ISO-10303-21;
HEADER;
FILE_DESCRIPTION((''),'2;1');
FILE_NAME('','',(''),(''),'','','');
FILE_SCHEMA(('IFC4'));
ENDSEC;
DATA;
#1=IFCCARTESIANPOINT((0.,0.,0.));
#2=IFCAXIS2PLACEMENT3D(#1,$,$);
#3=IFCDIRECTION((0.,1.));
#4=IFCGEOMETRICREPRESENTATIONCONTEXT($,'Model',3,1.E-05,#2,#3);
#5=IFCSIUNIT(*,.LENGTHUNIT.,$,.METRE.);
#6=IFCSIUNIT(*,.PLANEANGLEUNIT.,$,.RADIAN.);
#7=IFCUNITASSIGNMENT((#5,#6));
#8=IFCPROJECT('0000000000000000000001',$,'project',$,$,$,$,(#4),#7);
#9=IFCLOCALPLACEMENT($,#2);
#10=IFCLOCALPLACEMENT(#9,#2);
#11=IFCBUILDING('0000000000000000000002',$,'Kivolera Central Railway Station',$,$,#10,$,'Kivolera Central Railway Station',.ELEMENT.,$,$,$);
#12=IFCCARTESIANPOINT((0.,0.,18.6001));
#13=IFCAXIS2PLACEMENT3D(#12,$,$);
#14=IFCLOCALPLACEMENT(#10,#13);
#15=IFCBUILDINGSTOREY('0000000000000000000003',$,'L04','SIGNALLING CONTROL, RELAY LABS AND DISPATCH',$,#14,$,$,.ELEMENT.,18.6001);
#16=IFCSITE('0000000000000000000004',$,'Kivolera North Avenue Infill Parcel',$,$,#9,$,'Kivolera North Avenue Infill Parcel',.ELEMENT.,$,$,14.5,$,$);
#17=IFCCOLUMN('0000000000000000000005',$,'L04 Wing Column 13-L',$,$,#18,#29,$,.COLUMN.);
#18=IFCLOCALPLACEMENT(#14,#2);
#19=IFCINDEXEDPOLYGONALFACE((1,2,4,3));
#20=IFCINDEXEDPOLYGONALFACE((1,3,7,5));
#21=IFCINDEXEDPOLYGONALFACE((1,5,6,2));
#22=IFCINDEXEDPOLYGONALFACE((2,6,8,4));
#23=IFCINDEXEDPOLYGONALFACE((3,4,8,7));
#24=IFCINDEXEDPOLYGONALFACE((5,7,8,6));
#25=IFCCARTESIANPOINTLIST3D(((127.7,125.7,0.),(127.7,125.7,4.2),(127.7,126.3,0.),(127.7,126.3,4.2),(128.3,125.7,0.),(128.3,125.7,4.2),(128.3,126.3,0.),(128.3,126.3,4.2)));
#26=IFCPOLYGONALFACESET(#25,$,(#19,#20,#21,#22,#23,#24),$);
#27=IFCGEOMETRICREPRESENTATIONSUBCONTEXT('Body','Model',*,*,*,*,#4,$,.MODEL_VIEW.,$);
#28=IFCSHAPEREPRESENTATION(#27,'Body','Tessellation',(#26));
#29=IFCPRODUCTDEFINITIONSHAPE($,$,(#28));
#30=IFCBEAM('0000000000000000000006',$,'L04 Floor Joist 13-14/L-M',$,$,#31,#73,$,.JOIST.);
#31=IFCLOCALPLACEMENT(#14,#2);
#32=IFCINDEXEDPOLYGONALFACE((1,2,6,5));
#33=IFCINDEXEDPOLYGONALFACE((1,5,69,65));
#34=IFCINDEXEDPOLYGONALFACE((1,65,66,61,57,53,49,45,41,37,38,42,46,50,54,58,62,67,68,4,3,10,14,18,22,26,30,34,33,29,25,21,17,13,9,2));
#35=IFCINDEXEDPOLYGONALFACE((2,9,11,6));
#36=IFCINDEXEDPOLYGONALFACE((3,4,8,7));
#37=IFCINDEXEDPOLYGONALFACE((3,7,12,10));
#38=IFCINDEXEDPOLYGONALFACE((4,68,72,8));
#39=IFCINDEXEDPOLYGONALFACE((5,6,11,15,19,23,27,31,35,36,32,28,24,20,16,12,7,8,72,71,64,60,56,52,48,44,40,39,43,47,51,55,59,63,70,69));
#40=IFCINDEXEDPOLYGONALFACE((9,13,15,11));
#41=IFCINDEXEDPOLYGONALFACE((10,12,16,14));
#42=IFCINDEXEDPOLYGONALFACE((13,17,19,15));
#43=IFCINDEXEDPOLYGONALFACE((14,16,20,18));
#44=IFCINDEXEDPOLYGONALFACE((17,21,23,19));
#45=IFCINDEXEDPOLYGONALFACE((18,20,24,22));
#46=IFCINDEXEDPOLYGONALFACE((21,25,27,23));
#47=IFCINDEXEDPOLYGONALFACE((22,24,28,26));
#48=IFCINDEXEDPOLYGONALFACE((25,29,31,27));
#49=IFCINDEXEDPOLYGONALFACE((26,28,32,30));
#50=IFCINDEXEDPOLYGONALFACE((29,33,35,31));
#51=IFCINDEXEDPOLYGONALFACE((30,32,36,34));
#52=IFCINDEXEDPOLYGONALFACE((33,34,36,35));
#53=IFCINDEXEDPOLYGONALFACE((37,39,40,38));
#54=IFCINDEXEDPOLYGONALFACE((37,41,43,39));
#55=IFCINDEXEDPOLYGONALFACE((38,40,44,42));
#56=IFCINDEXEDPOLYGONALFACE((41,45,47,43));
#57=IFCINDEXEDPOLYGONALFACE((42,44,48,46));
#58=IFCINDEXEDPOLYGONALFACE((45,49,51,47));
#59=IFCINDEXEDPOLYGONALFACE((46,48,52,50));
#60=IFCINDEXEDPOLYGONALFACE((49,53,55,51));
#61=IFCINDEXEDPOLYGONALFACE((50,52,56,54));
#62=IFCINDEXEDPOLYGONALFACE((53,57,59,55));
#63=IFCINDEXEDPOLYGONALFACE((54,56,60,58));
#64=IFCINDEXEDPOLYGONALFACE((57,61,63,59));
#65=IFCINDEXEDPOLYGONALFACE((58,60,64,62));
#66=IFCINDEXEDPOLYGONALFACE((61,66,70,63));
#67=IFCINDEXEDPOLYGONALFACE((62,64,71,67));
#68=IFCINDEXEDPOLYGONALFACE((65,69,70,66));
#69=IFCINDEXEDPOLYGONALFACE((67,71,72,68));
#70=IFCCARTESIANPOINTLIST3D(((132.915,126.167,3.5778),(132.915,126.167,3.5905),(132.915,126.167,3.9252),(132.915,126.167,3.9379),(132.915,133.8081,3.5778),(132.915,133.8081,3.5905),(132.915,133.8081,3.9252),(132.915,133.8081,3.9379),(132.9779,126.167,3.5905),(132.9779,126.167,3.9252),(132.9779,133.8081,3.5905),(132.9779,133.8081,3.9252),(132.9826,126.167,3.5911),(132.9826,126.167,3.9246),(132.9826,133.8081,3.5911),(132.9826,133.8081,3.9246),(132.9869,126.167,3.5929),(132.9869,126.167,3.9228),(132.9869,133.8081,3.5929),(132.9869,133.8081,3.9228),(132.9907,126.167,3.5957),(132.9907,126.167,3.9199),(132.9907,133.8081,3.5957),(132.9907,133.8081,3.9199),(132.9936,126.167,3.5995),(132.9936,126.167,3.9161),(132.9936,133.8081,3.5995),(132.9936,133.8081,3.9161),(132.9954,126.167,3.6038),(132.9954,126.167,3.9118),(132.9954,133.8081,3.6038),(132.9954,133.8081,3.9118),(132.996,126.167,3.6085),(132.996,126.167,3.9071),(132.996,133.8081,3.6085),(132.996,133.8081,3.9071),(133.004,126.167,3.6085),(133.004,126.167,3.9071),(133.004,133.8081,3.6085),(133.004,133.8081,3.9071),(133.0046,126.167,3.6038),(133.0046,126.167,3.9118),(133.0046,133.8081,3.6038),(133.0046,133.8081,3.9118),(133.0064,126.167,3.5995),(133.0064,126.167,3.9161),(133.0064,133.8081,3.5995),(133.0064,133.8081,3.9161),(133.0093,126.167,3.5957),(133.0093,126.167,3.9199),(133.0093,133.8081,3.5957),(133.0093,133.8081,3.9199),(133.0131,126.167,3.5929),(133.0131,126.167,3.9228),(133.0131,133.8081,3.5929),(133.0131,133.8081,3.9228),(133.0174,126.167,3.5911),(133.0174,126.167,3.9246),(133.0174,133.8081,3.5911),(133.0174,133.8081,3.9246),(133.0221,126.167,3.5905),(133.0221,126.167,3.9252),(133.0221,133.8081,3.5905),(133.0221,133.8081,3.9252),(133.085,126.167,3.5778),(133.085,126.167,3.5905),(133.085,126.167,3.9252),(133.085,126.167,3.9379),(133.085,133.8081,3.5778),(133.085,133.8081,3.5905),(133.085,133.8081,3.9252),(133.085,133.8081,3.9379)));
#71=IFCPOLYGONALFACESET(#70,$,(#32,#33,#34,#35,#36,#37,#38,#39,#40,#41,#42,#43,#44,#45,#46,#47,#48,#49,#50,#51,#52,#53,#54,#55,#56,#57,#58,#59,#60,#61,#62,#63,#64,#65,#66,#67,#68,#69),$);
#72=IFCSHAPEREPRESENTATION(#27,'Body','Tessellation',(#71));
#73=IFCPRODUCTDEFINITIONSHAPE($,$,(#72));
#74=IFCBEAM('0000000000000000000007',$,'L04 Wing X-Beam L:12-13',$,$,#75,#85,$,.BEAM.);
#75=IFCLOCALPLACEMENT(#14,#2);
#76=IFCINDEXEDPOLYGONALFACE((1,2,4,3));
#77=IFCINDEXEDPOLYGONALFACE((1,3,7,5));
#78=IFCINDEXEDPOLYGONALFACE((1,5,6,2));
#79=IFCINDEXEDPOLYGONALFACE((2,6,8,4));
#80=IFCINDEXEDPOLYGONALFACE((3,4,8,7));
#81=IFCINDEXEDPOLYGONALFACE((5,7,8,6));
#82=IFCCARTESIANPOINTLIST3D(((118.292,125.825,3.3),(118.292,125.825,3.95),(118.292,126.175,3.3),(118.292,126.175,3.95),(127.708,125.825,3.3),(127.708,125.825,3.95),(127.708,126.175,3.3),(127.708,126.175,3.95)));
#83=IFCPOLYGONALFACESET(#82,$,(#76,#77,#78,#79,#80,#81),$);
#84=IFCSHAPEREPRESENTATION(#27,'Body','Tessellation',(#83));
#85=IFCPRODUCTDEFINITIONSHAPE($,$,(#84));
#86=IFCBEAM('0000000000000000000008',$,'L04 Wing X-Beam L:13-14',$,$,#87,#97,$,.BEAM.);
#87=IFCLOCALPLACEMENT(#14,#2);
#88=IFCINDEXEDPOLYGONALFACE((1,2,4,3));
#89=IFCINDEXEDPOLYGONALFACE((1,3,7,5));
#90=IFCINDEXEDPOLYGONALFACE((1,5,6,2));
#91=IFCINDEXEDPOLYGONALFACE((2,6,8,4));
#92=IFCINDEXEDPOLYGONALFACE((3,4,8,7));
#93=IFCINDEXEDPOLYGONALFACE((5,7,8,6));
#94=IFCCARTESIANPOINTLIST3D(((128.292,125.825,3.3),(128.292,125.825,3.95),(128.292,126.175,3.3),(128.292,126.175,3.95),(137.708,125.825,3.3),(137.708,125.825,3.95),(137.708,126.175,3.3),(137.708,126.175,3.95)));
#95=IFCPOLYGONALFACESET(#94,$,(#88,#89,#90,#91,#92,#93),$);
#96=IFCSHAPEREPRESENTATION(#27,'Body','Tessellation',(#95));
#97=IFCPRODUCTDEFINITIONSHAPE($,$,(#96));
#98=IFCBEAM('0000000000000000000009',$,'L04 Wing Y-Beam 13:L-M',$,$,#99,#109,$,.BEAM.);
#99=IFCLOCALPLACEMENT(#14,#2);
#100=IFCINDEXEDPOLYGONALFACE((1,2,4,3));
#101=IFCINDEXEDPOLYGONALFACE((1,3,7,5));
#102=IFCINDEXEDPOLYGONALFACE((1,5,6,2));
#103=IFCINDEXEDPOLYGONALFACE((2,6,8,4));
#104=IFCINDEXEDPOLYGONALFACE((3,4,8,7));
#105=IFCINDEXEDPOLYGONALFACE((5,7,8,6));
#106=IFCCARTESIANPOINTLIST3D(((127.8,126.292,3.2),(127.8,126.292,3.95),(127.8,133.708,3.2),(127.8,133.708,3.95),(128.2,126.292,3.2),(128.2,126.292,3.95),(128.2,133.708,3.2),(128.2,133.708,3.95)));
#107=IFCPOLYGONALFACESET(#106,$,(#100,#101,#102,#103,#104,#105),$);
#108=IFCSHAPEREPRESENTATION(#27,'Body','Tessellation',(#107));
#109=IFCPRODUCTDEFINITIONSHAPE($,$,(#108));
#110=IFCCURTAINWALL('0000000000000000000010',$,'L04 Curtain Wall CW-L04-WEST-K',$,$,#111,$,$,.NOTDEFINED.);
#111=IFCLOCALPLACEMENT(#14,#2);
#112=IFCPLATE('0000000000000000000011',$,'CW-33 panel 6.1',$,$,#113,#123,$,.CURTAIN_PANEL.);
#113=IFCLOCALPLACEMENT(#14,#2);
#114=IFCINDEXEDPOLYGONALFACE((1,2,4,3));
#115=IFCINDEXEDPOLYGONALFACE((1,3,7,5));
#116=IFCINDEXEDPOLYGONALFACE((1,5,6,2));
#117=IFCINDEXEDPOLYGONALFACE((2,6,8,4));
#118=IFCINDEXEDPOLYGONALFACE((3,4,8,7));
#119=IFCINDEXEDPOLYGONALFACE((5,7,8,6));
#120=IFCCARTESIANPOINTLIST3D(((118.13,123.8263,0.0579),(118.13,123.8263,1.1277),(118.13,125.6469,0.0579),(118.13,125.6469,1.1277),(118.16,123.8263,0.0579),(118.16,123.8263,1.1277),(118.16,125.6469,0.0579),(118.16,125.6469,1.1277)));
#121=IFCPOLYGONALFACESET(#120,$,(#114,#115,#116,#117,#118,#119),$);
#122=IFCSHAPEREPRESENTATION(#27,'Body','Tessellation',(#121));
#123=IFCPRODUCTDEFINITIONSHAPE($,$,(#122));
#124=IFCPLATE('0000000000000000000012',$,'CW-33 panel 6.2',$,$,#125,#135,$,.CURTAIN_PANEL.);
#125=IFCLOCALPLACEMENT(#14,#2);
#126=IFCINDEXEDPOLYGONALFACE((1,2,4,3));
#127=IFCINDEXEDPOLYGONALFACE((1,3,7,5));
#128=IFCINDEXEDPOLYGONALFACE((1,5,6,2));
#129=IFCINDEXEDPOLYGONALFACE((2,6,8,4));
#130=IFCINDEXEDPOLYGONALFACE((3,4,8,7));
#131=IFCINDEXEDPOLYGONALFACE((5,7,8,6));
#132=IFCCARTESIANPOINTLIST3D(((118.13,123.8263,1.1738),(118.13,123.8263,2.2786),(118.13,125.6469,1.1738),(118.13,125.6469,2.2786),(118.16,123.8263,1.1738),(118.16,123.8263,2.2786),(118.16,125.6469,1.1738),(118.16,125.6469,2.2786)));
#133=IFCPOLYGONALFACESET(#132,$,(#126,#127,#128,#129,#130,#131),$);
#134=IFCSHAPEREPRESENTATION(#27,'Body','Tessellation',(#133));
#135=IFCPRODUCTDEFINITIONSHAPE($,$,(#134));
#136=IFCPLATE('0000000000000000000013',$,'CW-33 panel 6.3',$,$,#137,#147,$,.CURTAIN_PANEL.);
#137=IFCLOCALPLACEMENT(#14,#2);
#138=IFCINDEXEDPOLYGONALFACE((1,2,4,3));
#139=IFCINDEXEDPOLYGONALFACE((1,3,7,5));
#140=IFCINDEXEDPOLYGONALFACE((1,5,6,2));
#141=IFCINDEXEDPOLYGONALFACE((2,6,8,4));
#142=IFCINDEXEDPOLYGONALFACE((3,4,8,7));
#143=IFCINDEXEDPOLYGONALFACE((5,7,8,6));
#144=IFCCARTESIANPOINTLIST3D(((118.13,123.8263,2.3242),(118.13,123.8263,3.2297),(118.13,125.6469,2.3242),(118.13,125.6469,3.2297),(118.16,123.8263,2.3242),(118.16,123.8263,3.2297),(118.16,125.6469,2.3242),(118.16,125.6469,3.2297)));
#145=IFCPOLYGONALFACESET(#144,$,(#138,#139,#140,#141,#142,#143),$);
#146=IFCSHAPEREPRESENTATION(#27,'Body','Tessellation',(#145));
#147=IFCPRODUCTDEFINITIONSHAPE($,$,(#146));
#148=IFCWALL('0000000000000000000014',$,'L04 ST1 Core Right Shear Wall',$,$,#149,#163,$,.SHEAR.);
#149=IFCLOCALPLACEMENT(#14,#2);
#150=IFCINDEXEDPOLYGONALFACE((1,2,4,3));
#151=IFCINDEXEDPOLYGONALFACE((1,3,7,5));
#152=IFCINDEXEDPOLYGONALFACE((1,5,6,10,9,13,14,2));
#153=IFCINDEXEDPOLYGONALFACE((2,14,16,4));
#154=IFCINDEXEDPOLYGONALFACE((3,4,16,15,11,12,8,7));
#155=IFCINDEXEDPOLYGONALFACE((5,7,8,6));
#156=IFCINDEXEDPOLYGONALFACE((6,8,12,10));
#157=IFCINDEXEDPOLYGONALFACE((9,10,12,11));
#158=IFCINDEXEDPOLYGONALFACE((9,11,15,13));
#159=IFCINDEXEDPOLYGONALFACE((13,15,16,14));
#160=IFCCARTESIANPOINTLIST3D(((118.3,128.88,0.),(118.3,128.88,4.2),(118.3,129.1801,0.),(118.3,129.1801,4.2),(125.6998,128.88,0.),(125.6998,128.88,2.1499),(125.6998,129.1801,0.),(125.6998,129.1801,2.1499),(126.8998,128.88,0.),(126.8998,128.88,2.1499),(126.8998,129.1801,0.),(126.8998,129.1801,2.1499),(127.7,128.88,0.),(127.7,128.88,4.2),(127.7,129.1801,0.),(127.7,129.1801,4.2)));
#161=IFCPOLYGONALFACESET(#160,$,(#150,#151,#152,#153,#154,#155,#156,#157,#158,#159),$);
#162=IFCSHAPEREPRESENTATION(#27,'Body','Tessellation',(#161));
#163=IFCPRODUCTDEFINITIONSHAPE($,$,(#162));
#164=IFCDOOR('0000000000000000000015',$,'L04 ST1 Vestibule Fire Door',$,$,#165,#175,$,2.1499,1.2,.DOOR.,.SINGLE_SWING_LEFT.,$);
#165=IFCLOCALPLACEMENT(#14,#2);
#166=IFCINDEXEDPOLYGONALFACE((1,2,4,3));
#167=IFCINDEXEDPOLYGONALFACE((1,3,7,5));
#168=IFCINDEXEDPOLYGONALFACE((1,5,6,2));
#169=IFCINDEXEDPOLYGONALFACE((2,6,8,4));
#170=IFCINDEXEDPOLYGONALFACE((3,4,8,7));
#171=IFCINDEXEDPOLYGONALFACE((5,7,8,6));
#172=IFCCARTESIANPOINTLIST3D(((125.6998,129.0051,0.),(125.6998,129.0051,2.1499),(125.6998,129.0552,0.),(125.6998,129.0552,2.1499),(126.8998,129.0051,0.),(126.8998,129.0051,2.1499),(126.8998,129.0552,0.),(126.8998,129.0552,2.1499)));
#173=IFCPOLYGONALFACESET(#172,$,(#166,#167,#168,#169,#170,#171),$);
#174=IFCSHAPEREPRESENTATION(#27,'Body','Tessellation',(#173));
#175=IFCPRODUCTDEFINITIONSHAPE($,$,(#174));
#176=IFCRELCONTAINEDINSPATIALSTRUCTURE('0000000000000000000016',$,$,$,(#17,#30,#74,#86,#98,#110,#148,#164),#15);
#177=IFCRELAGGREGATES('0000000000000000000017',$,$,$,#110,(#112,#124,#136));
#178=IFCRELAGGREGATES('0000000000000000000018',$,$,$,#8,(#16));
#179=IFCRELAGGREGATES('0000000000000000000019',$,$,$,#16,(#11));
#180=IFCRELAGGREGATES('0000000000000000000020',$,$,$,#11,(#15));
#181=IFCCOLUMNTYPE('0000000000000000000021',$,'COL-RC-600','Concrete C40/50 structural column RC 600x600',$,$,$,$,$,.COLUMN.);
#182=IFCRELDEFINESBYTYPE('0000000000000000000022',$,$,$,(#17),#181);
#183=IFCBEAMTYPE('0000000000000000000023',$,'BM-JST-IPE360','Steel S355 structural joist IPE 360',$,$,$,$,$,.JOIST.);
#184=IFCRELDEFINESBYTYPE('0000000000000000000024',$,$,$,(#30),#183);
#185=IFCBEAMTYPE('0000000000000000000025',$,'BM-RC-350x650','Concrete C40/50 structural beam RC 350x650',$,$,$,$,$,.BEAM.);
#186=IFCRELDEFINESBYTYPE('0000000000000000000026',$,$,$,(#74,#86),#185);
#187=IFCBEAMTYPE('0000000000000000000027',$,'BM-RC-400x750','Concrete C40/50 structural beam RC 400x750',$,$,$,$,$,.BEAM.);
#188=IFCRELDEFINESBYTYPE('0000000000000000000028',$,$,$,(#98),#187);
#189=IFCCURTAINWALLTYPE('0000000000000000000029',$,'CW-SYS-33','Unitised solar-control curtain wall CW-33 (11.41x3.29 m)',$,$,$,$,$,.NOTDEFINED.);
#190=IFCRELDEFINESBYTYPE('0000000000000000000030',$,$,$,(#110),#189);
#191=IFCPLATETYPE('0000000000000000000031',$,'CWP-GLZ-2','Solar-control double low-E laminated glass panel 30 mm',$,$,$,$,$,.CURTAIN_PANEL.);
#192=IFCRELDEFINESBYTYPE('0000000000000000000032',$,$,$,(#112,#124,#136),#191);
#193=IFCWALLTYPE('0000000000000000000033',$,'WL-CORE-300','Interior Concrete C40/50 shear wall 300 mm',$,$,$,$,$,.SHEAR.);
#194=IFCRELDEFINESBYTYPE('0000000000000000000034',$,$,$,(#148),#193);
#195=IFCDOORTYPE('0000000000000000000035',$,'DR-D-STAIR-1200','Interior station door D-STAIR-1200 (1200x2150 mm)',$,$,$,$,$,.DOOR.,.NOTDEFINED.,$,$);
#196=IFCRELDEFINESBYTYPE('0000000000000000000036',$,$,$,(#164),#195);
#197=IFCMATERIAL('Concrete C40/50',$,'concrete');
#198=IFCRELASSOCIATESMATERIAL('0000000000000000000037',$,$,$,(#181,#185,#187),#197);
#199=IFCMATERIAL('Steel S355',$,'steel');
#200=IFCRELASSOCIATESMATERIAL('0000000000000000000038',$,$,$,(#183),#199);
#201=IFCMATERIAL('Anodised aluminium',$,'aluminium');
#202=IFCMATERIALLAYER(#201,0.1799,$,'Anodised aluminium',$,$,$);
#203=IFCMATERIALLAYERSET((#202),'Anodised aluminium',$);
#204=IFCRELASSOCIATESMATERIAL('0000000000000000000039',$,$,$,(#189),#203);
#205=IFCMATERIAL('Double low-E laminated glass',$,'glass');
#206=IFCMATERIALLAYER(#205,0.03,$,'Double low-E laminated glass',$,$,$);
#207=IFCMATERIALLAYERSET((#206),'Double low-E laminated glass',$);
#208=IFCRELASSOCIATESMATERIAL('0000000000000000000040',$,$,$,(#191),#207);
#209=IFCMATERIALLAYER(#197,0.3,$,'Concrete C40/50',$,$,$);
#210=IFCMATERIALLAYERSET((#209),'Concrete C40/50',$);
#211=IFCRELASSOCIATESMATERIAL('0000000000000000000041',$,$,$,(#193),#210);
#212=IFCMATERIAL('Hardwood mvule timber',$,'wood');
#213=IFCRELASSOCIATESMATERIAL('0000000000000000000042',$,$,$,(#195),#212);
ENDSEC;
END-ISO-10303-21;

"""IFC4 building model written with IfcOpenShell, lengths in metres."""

from ifc_helpers import new_model, si_unit, direction, frame, frame_2d, origin, origin_2d, place, context, subcontext, project, spatial, rectangle, i_section, extrude, material, layer, layer_set, material_profile, profile_set, type_object, element, fill, aggregate, save


model = new_model("IFC4")

# Units and contexts
model_context = context("Model", 3, precision=1e-05, world=origin(), true_north=direction((0.0, 1.0)))
body_context = subcontext(model_context, "Body", "Model", "MODEL_VIEW")
ifc_project = project(units=[si_unit("LENGTHUNIT", "METRE"), si_unit("PLANEANGLEUNIT", "RADIAN")], contexts=[model_context])

# Site, building, storey
site_placement = place(None, origin())
site = spatial("IfcSite", under=ifc_project, at=site_placement, Name="Kivolera North Avenue Infill Parcel", LongName="Kivolera North Avenue Infill Parcel", CompositionType="ELEMENT", RefElevation=14.5)
building_placement = place(site_placement, origin())
building = spatial("IfcBuilding", under=site, at=building_placement, Name="Kivolera Central Railway Station", LongName="Kivolera Central Railway Station", CompositionType="ELEMENT")
storey_placement = place(building_placement, frame((0.0, 0.0, 18.6001)))
storey = spatial("IfcBuildingStorey", under=building, at=storey_placement, Name="L04", Description="SIGNALLING CONTROL, RELAY LABS AND DISPATCH", CompositionType="ELEMENT", Elevation=18.6001)

# Column
ifc_material_1 = material(Name="Concrete C40/50", Category="concrete")
ifc_material_profile_1 = material_profile(ifc_material_1, rectangle(XDim=0.6001, YDim=0.6001, at=origin_2d()), Name="RC 600x600")
ifc_profile_set_1 = profile_set([ifc_material_profile_1], Name="Concrete C40/50")
column_type = type_object("IfcColumnType", Name="COL-RC-600", Description="Concrete C40/50 structural column RC 600x600", PredefinedType="COLUMN", material=ifc_profile_set_1)
column_placement = place(storey_placement, frame((128.0, 126.0, 0.0), z_axis=(0.0, 0.0, 1.0), x_axis=(1.0, 0.0, 0.0)))
element("IfcColumn", 1, at=column_placement, inside=storey, type_object=column_type, Name="L04 Wing Column 13-L", PredefinedType="COLUMN", context=body_context, shape_type="SweptSolid", body=[
    extrude(rectangle(XDim=0.6001, YDim=0.6001, at=origin_2d()), origin(), (0.0, 0.0, 1.0), 4.2),
])

# Beams
ifc_material_2 = material(Name="Steel S355", Category="steel")
ifc_material_profile_2 = material_profile(ifc_material_2, i_section(OverallWidth=0.1699, OverallDepth=0.3601, WebThickness=0.0081, FlangeThickness=0.0127, FilletRadius=0.0181, at=origin_2d()), Name="IPE 360")
ifc_profile_set_2 = profile_set([ifc_material_profile_2], Name="Steel S355")
beam_type_1 = type_object("IfcBeamType", Name="BM-JST-IPE360", Description="Steel S355 structural joist IPE 360", PredefinedType="JOIST", material=ifc_profile_set_2)
beam_1_placement = place(storey_placement, frame((133.0, 126.167, 3.7578), z_axis=(0.0, 1.0, 0.0), x_axis=(-1.0, 0.0, 0.0)))
element("IfcBeam", 2, at=beam_1_placement, inside=storey, type_object=beam_type_1, Name="L04 Floor Joist 13-14/L-M", PredefinedType="JOIST", context=body_context, shape_type="SweptSolid", body=[
    extrude(i_section(OverallWidth=0.1699, OverallDepth=0.3601, WebThickness=0.0081, FlangeThickness=0.0127, FilletRadius=0.0181, at=origin_2d()), origin(), (0.0, 0.0, 1.0), 7.6411),
])
ifc_material_profile_3 = material_profile(ifc_material_1, rectangle(XDim=0.3501, YDim=0.6499, at=origin_2d()), Name="RC 350x650")
ifc_profile_set_3 = profile_set([ifc_material_profile_3], Name="Concrete C40/50")
beam_type_2 = type_object("IfcBeamType", Name="BM-RC-350x650", Description="Concrete C40/50 structural beam RC 350x650", PredefinedType="BEAM", material=ifc_profile_set_3)
for number, where, z_axis, x_axis, name in (
    (3, (118.292, 126.0, 3.625), (1.0, 0.0, 0.0), (0.0, 1.0, 0.0), "L04 Wing X-Beam L:12-13"),
    (4, (128.292, 126.0, 3.625), (1.0, 0.0, 0.0), (0.0, 1.0, 0.0), "L04 Wing X-Beam L:13-14"),
):
    element("IfcBeam", number, at=place(storey_placement, frame(where, z_axis=z_axis, x_axis=x_axis)), inside=storey, type_object=beam_type_2, Name=name, PredefinedType="BEAM", context=body_context, shape_type="SweptSolid", body=[
        extrude(rectangle(XDim=0.3501, YDim=0.6499, at=origin_2d()), origin(), (0.0, 0.0, 1.0), 9.416),
    ])
ifc_material_profile_4 = material_profile(ifc_material_1, rectangle(XDim=0.3999, YDim=0.75, at=origin_2d()), Name="RC 400x750")
ifc_profile_set_4 = profile_set([ifc_material_profile_4], Name="Concrete C40/50")
beam_type_3 = type_object("IfcBeamType", Name="BM-RC-400x750", Description="Concrete C40/50 structural beam RC 400x750", PredefinedType="BEAM", material=ifc_profile_set_4)
beam_2_placement = place(storey_placement, frame((128.0, 126.292, 3.575), z_axis=(0.0, 1.0, 0.0), x_axis=(-1.0, 0.0, 0.0)))
element("IfcBeam", 5, at=beam_2_placement, inside=storey, type_object=beam_type_3, Name="L04 Wing Y-Beam 13:L-M", PredefinedType="BEAM", context=body_context, shape_type="SweptSolid", body=[
    extrude(rectangle(XDim=0.3999, YDim=0.75, at=origin_2d()), origin(), (0.0, 0.0, 1.0), 7.416),
])

# Curtain wall, plates
ifc_material_3 = material(Name="Anodised aluminium", Category="aluminium")
ifc_layer_1 = layer(ifc_material_3, 0.1799, Name="Anodised aluminium")
ifc_layer_set_1 = layer_set([ifc_layer_1], Name="Anodised aluminium")
curtain_wall_type = type_object("IfcCurtainWallType", Name="CW-SYS-33", Description="Unitised solar-control curtain wall CW-33 (11.41x3.29 m)", PredefinedType="NOTDEFINED", material=ifc_layer_set_1)
curtain_wall_placement = place(storey_placement, origin())
curtain_wall = element("IfcCurtainWall", 6, at=curtain_wall_placement, inside=storey, type_object=curtain_wall_type, Name="L04 Curtain Wall CW-L04-WEST-K", PredefinedType="NOTDEFINED")
ifc_material_4 = material(Name="Double low-E laminated glass", Category="glass")
ifc_layer_2 = layer(ifc_material_4, 0.03, Name="Double low-E laminated glass")
ifc_layer_set_2 = layer_set([ifc_layer_2], Name="Double low-E laminated glass")
plate_type = type_object("IfcPlateType", Name="CWP-GLZ-2", Description="Solar-control double low-E laminated glass panel 30 mm", PredefinedType="CURTAIN_PANEL", material=ifc_layer_set_2)
plate_1_placement = place(storey_placement, frame((118.145, 124.7366, 0.0579), z_axis=(0.0, 0.0, 1.0), x_axis=(0.0, 1.0, 0.0)))
plate_1 = element("IfcPlate", 7, at=plate_1_placement, type_object=plate_type, Name="CW-33 panel 6.1", PredefinedType="CURTAIN_PANEL", context=body_context, shape_type="SweptSolid", body=[
    extrude(rectangle(XDim=1.8206, YDim=0.03, at=origin_2d()), origin(), (0.0, 0.0, 1.0), 1.0698),
])
plate_2_placement = place(storey_placement, frame((118.145, 124.7366, 1.1738), z_axis=(0.0, 0.0, 1.0), x_axis=(0.0, 1.0, 0.0)))
plate_2 = element("IfcPlate", 8, at=plate_2_placement, type_object=plate_type, Name="CW-33 panel 6.2", PredefinedType="CURTAIN_PANEL", context=body_context, shape_type="SweptSolid", body=[
    extrude(rectangle(XDim=1.8206, YDim=0.03, at=origin_2d()), origin(), (0.0, 0.0, 1.0), 1.1047),
])
plate_3_placement = place(storey_placement, frame((118.145, 124.7366, 2.3242), z_axis=(0.0, 0.0, 1.0), x_axis=(0.0, 1.0, 0.0)))
plate_3 = element("IfcPlate", 9, at=plate_3_placement, type_object=plate_type, Name="CW-33 panel 6.3", PredefinedType="CURTAIN_PANEL", context=body_context, shape_type="SweptSolid", body=[
    extrude(rectangle(XDim=1.8206, YDim=0.03, at=origin_2d()), origin(), (0.0, 0.0, 1.0), 0.9055),
])
aggregate(curtain_wall, [plate_1, plate_2, plate_3])

# Wall, opening, door
ifc_layer_3 = layer(ifc_material_1, 0.3, Name="Concrete C40/50")
ifc_layer_set_3 = layer_set([ifc_layer_3], Name="Concrete C40/50")
wall_type_1 = type_object("IfcWallType", Name="WL-CORE-300", Description="Interior Concrete C40/50 shear wall 300 mm", PredefinedType="SHEAR", material=ifc_layer_set_3)
wall_1_placement = place(storey_placement, frame((127.7, 129.03, 0.0), z_axis=(0.0, 0.0, 1.0), x_axis=(-1.0, 0.0, 0.0)))
wall_1 = element("IfcWall", 10, at=wall_1_placement, inside=storey, type_object=wall_type_1, Name="L04 ST1 Core Right Shear Wall", PredefinedType="SHEAR", context=body_context, shape_type="SweptSolid", body=[
    extrude(rectangle(XDim=9.3999, YDim=0.3, at=frame_2d((4.7, 0.0))), origin(), (0.0, 0.0, 1.0), 4.2),
])
opening_1_placement = place(wall_1_placement, frame((0.8, 0.0, 0.0)))
opening_1 = element("IfcOpeningElement", 11, at=opening_1_placement, cuts=wall_1, PredefinedType="OPENING", context=body_context, shape_type="SweptSolid", body=[
    extrude(rectangle(XDim=1.2, YDim=2.1499, at=frame_2d((0.6001, 1.075))), frame((0.0, 0.1599, 0.0), z_axis=(0.0, -1.0, 0.0), x_axis=(1.0, 0.0, 0.0)), (0.0, 0.0, 1.0), 0.3201),
])
ifc_material_5 = material(Name="Hardwood mvule timber", Category="wood")
door_type_1 = type_object("IfcDoorType", Name="DR-D-STAIR-1200", Description="Interior station door D-STAIR-1200 (1200x2150 mm)", OperationType="NOTDEFINED", PredefinedType="DOOR", material=ifc_material_5)
door_1_placement = place(opening_1_placement, origin())
door_1 = element("IfcDoor", 12, at=door_1_placement, inside=storey, type_object=door_type_1, Name="L04 ST1 Vestibule Fire Door", OperationType="SINGLE_SWING_LEFT", OverallHeight=2.1499, OverallWidth=1.2, PredefinedType="DOOR", context=body_context, shape_type="SweptSolid", body=[
    extrude(rectangle(XDim=1.2, YDim=2.1499, at=frame_2d((0.6001, 1.075))), frame((0.0, 0.0249, 0.0), z_axis=(0.0, -1.0, 0.0), x_axis=(1.0, 0.0, 0.0)), (0.0, 0.0, 1.0), 0.05),
])
fill(opening_1, door_1)

save(model, "model.ifc")
